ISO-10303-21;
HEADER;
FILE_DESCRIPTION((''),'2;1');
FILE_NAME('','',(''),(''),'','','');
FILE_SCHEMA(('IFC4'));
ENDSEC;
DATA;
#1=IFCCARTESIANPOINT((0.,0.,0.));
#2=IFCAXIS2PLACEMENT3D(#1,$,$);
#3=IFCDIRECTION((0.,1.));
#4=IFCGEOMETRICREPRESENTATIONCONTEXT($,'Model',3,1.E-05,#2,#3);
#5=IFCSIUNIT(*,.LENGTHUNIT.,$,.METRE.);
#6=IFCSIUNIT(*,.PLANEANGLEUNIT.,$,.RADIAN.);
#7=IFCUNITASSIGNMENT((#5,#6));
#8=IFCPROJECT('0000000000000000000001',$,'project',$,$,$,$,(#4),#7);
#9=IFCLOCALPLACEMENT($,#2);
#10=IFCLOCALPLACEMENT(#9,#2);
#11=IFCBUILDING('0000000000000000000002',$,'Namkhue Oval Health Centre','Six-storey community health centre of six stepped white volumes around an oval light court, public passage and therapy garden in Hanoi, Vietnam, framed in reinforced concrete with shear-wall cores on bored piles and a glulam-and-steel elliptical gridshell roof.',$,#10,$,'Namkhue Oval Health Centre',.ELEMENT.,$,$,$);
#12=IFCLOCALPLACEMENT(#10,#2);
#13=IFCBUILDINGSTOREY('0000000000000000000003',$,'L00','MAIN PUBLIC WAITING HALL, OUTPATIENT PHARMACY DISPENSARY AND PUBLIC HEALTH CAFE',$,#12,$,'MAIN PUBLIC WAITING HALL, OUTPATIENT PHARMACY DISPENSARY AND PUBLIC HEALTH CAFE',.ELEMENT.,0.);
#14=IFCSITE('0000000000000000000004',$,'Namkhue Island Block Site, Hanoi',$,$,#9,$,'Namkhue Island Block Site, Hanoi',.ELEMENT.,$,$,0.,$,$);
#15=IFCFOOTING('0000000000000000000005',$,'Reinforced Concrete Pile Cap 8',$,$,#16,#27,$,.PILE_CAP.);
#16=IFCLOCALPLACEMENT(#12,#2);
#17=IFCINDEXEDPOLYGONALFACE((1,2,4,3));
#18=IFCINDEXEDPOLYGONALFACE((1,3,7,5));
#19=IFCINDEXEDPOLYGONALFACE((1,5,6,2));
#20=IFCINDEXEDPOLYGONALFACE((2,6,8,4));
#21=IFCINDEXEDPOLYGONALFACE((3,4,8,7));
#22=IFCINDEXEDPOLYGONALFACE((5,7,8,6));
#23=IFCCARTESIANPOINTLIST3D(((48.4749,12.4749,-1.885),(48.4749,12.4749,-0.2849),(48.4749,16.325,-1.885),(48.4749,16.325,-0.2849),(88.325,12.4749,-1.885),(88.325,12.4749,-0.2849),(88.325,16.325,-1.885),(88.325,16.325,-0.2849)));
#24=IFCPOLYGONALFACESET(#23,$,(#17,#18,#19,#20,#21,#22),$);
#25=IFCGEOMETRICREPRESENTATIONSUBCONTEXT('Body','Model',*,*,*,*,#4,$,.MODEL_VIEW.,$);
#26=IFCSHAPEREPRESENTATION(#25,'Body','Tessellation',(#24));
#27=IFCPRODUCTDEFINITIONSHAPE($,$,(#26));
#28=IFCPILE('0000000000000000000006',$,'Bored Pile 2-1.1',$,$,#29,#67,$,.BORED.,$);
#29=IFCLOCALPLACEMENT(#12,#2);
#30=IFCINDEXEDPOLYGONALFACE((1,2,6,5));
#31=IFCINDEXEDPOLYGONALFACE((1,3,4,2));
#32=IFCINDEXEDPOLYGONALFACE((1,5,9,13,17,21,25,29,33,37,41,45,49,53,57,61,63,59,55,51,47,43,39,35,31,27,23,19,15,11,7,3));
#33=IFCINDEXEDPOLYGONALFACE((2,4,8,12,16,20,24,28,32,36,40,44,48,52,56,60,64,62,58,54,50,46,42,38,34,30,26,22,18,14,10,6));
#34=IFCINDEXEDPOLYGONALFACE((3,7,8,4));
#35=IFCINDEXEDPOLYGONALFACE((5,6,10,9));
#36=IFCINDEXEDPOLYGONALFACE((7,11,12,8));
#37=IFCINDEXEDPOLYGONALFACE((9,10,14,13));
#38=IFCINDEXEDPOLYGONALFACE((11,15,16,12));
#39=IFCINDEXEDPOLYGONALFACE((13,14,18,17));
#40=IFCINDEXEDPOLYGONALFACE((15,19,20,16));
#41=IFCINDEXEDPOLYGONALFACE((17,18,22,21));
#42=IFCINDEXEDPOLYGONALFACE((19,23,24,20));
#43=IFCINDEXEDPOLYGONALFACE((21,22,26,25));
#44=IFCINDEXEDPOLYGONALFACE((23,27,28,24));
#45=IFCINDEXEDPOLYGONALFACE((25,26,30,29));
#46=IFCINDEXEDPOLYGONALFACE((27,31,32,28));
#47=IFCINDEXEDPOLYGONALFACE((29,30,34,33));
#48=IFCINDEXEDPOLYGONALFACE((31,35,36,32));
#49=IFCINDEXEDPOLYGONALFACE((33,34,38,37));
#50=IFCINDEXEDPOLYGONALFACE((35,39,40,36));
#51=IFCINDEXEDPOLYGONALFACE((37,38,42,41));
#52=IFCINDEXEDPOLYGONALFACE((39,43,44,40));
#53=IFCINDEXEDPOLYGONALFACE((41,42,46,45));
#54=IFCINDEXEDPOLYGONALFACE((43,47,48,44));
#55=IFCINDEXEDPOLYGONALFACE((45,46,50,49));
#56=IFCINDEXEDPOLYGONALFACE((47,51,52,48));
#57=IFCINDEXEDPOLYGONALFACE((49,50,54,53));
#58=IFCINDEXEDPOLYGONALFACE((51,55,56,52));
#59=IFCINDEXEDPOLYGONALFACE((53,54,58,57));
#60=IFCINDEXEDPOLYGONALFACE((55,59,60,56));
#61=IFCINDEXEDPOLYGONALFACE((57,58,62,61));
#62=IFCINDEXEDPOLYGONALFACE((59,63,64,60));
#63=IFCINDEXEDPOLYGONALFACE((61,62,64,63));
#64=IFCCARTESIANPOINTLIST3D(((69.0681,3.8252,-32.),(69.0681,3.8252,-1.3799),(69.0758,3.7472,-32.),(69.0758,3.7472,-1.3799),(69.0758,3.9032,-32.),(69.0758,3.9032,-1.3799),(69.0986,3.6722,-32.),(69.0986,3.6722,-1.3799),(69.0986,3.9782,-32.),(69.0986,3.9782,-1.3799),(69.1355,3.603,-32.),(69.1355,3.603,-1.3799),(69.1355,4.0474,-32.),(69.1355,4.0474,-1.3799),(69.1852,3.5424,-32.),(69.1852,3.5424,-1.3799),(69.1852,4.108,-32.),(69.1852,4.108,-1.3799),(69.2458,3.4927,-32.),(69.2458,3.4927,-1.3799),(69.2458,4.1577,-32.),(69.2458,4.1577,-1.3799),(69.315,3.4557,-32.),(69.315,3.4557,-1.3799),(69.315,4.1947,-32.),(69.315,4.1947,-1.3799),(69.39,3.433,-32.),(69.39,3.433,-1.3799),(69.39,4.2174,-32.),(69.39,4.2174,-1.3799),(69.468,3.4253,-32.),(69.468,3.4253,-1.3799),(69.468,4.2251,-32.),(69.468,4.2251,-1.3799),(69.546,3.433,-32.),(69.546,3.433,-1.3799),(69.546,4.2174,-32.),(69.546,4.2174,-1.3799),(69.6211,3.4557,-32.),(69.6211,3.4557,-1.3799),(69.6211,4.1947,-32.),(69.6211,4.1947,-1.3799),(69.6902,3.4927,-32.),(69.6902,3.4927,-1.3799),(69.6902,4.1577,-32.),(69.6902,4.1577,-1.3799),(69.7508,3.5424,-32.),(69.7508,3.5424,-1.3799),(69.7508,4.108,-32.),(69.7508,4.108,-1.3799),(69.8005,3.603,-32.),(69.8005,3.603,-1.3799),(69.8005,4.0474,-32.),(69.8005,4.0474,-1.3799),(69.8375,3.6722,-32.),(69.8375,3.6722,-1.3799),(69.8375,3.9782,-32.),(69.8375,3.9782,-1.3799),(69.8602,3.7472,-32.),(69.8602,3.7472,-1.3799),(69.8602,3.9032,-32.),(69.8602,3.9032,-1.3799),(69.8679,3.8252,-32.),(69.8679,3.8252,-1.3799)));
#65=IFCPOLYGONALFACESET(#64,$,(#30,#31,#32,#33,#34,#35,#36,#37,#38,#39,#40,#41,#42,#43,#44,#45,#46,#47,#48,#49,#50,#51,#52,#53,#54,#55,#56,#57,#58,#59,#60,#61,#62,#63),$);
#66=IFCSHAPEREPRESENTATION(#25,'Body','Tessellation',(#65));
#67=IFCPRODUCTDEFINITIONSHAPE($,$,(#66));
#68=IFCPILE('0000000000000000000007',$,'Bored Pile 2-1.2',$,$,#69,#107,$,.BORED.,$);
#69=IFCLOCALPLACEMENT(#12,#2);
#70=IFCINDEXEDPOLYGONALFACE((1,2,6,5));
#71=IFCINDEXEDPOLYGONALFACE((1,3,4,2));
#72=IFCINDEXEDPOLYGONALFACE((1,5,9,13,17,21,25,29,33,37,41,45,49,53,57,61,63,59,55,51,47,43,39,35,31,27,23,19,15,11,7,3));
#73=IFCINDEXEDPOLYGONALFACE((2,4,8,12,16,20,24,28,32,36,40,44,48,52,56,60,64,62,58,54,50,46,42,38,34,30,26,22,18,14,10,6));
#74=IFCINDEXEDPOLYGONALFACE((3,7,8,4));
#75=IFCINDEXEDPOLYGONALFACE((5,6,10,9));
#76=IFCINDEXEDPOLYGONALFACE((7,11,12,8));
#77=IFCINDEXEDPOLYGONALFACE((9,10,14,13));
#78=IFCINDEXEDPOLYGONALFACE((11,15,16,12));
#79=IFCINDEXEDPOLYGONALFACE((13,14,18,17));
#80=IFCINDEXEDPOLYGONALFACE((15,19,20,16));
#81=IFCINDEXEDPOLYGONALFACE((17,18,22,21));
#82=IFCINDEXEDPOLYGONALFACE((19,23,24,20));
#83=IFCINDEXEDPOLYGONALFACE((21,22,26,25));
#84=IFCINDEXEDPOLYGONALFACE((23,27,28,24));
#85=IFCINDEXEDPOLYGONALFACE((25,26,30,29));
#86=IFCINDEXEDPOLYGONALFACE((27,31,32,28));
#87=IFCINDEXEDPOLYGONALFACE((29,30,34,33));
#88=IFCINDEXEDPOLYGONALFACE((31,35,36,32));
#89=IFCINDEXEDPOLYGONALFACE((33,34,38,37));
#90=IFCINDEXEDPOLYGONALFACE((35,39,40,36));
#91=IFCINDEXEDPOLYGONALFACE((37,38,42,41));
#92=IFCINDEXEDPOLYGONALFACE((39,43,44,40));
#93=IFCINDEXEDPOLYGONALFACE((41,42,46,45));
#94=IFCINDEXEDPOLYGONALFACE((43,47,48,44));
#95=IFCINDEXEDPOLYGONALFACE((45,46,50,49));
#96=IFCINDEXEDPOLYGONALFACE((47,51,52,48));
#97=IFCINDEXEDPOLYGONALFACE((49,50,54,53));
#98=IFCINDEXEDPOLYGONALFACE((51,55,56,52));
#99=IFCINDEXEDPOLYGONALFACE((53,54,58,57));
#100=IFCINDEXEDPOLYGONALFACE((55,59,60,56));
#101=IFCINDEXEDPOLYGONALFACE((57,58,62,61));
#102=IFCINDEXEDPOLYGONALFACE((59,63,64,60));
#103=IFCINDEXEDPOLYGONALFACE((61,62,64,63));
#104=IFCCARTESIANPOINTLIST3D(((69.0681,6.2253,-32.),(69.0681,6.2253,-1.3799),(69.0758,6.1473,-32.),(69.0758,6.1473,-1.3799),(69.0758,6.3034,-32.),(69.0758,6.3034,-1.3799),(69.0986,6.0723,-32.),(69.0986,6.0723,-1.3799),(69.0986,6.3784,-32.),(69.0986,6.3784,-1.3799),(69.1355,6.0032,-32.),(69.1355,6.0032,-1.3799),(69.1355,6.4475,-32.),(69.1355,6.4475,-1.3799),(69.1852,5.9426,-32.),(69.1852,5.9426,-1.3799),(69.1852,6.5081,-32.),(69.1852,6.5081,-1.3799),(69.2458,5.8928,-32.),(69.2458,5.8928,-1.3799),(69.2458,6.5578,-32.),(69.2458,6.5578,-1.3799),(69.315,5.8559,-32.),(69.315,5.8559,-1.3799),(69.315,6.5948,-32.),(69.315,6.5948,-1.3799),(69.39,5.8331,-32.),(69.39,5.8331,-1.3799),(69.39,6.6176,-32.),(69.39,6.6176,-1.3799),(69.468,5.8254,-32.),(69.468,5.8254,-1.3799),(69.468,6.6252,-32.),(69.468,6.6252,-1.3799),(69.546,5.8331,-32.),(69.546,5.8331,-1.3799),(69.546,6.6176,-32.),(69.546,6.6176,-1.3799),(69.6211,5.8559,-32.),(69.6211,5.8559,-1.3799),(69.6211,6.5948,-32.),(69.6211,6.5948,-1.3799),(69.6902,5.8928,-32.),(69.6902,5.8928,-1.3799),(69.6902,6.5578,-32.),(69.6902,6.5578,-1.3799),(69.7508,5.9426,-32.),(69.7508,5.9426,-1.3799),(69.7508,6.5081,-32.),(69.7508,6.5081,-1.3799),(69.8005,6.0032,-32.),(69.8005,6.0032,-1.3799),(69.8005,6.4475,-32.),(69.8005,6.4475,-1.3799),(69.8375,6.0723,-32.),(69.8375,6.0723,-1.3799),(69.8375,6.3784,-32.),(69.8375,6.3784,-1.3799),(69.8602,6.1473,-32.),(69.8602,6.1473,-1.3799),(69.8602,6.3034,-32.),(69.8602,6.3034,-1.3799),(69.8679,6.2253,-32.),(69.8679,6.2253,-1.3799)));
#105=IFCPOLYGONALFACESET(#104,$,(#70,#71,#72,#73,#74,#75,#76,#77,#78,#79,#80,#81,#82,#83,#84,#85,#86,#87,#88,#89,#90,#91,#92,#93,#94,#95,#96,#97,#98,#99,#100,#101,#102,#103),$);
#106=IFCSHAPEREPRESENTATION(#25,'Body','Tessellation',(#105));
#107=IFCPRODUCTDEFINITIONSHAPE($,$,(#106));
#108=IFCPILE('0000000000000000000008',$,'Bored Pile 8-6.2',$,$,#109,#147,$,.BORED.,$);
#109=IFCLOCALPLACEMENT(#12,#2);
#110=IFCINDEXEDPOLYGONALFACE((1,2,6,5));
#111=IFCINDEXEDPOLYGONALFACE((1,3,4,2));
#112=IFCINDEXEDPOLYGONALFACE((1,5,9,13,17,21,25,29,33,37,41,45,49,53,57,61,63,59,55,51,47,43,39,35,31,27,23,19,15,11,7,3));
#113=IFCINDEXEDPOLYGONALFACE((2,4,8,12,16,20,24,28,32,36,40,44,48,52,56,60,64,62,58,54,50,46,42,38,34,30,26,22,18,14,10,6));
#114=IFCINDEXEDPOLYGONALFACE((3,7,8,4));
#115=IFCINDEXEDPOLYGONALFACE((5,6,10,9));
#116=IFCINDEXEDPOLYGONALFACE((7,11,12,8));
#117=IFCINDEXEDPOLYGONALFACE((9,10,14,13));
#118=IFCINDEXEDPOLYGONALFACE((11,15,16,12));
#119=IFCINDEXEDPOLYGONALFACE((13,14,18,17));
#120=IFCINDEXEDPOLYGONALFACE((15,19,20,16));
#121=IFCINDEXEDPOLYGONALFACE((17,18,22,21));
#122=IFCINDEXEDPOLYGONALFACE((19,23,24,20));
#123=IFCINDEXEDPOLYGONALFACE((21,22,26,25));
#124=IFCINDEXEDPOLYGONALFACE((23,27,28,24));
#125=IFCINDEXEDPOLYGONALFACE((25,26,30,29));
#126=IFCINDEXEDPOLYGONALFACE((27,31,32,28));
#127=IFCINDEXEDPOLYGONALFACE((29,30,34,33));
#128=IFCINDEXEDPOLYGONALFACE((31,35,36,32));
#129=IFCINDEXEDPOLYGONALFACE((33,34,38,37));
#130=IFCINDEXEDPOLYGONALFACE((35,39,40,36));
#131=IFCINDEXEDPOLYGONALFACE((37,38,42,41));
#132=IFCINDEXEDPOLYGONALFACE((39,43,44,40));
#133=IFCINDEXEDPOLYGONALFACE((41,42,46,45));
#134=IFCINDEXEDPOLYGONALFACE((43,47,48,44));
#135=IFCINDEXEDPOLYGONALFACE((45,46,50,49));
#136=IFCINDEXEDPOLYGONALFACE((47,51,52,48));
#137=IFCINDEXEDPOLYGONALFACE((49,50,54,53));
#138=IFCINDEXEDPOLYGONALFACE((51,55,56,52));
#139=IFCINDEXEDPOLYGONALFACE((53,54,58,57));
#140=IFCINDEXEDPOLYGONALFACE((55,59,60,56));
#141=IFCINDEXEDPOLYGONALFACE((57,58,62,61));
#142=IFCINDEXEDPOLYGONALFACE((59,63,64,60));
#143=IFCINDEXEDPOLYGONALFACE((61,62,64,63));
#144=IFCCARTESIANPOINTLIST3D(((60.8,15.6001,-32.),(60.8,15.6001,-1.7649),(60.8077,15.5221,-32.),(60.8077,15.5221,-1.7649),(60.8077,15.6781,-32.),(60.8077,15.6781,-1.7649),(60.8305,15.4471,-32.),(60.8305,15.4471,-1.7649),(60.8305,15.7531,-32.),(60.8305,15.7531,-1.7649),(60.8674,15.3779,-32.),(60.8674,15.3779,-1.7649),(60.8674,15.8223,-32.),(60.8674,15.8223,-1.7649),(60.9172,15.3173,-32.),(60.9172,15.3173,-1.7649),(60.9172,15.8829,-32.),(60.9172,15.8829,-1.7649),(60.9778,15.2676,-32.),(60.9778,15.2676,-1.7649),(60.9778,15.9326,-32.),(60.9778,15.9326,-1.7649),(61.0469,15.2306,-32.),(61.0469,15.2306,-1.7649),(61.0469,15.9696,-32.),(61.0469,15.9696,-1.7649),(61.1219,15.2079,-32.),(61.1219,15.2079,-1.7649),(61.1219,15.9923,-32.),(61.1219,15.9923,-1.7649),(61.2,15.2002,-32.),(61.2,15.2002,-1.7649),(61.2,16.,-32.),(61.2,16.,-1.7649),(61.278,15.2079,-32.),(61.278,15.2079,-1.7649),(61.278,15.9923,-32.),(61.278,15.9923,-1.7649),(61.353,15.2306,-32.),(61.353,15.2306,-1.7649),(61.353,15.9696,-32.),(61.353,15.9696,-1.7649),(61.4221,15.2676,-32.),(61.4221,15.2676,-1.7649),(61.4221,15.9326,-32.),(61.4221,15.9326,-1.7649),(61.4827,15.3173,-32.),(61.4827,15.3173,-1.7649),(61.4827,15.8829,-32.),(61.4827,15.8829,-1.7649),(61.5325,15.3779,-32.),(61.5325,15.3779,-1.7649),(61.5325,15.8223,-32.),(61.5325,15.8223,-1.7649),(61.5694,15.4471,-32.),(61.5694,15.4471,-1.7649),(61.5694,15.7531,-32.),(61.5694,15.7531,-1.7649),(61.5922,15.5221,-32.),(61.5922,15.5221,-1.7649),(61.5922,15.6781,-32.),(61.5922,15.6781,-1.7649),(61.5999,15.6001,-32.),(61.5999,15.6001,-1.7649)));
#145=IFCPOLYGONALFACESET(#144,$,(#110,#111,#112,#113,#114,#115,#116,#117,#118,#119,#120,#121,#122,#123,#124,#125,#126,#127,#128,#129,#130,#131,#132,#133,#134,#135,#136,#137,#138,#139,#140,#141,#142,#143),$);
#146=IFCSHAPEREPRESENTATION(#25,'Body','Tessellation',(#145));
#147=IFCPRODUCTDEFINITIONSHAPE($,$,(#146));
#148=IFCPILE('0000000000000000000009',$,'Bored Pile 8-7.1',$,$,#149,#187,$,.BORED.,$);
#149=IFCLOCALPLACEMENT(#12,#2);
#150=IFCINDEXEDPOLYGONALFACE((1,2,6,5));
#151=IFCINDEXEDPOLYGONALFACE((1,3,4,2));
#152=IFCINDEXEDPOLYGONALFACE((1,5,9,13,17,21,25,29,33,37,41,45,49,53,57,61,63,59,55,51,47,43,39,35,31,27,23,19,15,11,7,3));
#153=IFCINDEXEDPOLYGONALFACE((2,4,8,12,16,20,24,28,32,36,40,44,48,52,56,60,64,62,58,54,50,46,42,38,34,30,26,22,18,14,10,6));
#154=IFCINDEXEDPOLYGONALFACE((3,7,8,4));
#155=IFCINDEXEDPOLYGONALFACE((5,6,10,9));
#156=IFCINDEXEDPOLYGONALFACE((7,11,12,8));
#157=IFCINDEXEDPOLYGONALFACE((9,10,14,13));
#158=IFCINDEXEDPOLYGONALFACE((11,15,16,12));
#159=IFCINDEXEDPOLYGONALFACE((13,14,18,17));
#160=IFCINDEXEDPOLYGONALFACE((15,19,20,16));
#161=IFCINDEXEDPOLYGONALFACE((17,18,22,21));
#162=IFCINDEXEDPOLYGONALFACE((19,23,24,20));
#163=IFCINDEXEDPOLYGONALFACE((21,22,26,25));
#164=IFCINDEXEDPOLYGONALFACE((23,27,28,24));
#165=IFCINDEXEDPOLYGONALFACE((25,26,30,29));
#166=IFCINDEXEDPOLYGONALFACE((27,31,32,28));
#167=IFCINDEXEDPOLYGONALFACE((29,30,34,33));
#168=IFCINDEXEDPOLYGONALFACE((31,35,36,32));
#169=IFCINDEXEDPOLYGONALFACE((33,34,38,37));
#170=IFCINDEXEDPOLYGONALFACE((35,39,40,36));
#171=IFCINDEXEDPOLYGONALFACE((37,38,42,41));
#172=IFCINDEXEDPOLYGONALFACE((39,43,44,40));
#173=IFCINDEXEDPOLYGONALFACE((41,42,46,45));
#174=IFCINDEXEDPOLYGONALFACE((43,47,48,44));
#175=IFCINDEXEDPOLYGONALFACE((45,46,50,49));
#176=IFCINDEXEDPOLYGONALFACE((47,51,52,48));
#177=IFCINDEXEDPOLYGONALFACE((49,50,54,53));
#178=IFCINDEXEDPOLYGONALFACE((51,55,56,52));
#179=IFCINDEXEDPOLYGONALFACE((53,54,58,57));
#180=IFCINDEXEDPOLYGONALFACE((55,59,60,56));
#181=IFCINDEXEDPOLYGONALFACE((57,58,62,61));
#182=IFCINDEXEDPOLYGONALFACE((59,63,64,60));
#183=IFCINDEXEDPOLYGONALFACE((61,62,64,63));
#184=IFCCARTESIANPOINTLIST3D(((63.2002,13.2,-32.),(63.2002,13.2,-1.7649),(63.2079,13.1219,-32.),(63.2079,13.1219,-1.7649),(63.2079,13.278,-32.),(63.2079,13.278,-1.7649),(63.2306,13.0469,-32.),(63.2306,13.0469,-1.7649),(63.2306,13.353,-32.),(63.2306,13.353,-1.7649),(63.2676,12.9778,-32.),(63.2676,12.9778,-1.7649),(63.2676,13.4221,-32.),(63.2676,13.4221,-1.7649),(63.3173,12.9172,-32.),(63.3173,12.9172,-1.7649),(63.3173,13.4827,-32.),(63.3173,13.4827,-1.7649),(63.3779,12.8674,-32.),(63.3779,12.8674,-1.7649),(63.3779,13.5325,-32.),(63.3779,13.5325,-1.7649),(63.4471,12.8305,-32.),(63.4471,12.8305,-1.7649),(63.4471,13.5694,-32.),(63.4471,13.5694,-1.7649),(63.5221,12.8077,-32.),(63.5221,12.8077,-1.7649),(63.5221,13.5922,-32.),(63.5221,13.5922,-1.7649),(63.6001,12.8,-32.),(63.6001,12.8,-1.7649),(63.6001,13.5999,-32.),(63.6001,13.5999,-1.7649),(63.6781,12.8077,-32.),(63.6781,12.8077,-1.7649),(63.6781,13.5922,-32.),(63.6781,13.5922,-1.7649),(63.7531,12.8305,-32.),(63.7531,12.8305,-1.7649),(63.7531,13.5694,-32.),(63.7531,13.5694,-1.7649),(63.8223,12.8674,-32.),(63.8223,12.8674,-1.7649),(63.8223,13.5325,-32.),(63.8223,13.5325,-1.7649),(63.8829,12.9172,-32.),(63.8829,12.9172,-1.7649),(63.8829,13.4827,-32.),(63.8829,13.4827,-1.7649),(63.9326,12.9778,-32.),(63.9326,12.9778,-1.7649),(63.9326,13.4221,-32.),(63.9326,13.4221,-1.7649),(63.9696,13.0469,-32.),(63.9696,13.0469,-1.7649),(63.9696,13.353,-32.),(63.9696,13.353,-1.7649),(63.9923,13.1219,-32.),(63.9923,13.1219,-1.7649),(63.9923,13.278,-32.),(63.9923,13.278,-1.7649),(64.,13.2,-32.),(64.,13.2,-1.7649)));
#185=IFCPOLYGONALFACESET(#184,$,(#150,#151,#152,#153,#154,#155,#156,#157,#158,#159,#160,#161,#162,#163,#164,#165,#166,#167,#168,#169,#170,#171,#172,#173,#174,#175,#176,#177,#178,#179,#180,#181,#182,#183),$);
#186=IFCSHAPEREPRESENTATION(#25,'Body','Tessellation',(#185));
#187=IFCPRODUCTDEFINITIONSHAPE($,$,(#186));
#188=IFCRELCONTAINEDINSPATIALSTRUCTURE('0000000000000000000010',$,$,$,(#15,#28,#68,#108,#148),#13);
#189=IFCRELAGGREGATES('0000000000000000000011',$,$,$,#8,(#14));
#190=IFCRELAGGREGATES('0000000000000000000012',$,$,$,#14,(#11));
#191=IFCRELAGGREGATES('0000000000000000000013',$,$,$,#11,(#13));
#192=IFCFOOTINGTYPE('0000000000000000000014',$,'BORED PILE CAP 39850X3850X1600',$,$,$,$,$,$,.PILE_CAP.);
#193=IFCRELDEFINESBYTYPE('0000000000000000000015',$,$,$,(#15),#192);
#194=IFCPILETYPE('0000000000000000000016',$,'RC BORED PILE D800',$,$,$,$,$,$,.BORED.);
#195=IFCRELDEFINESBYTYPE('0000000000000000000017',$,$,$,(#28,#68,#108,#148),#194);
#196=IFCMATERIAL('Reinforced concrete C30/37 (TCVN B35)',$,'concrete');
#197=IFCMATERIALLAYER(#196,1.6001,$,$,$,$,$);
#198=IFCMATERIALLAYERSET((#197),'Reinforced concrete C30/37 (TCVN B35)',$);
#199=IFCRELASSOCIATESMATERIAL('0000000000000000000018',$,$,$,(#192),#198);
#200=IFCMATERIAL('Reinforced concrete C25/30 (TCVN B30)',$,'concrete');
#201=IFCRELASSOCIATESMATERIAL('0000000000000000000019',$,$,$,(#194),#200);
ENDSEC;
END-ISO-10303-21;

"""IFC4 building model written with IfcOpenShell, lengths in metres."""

from ifc_helpers import new_model, si_unit, direction, frame, origin, origin_2d, place, context, subcontext, project, spatial, rectangle, circle, extrude, material, layer, layer_set, material_profile, profile_set, type_object, element, save


model = new_model("IFC4")

# Units and contexts
model_context = context("Model", 3, precision=1e-05, world=origin(), true_north=direction((0.0, 1.0)))
body_context = subcontext(model_context, "Body", "Model", "MODEL_VIEW")
ifc_project = project(units=[si_unit("LENGTHUNIT", "METRE"), si_unit("PLANEANGLEUNIT", "RADIAN")], contexts=[model_context])

# Site, building, storey
site_placement = place(None, origin())
site = spatial("IfcSite", under=ifc_project, at=site_placement, Name="Namkhue Island Block Site, Hanoi", LongName="Namkhue Island Block Site, Hanoi", CompositionType="ELEMENT", RefElevation=0.0)
building_placement = place(site_placement, origin())
building = spatial("IfcBuilding", under=site, at=building_placement, Name="Namkhue Oval Health Centre", Description="Six-storey community health centre of six stepped white volumes around an oval light court, public passage and therapy garden in Hanoi, Vietnam, framed in reinforced concrete with shear-wall cores on bored piles and a glulam-and-steel elliptical gridshell roof.", LongName="Namkhue Oval Health Centre", CompositionType="ELEMENT")
storey_placement = place(building_placement, origin())
storey = spatial("IfcBuildingStorey", under=building, at=storey_placement, Name="L00", Description="MAIN PUBLIC WAITING HALL, OUTPATIENT PHARMACY DISPENSARY AND PUBLIC HEALTH CAFE", LongName="MAIN PUBLIC WAITING HALL, OUTPATIENT PHARMACY DISPENSARY AND PUBLIC HEALTH CAFE", CompositionType="ELEMENT", Elevation=0.0)

# Footing
ifc_material_1 = material(Name="Reinforced concrete C30/37 (TCVN B35)", Category="concrete")
ifc_layer_1 = layer(ifc_material_1, 1.6001)
ifc_layer_set_1 = layer_set([ifc_layer_1], Name="Reinforced concrete C30/37 (TCVN B35)")
footing_type = type_object("IfcFootingType", Name="BORED PILE CAP 39850X3850X1600", PredefinedType="PILE_CAP", material=ifc_layer_set_1)
footing_placement = place(storey_placement, frame((68.3999, 14.3999, -1.885), z_axis=(0.0, 0.0, 1.0), x_axis=(1.0, 0.0, 0.0)))
element("IfcFooting", 1, at=footing_placement, inside=storey, type_object=footing_type, Name="Reinforced Concrete Pile Cap 8", PredefinedType="PILE_CAP", context=body_context, shape_type="SweptSolid", body=[
    extrude(rectangle(XDim=39.8501, YDim=3.8501, at=origin_2d()), origin(), (0.0, 0.0, 1.0), 1.6001),
])

# Piles
ifc_material_2 = material(Name="Reinforced concrete C25/30 (TCVN B30)", Category="concrete")
ifc_material_profile_1 = material_profile(ifc_material_2, circle(Radius=0.3999, at=origin_2d()), Name="BORED PILE D800")
ifc_profile_set_1 = profile_set([ifc_material_profile_1], Name="Reinforced concrete C25/30 (TCVN B30)")
pile_type = type_object("IfcPileType", Name="RC BORED PILE D800", PredefinedType="BORED", material=ifc_profile_set_1)
for number, where, z_axis, x_axis, name in (
    (2, (69.468, 3.8252, -1.3799), (0.0, 0.0, -1.0), (1.0, 0.0, 0.0), "Bored Pile 2-1.1"),
    (3, (69.468, 6.2253, -1.3799), (0.0, 0.0, -1.0), (1.0, 0.0, 0.0), "Bored Pile 2-1.2"),
):
    element("IfcPile", number, at=place(storey_placement, frame(where, z_axis=z_axis, x_axis=x_axis)), inside=storey, type_object=pile_type, Name=name, PredefinedType="BORED", context=body_context, shape_type="SweptSolid", body=[
        extrude(circle(Radius=0.3999, at=origin_2d()), origin(), (0.0, 0.0, 1.0), 30.6201),
    ])
for number, where, z_axis, x_axis, name in (
    (4, (61.2, 15.6001, -1.7649), (0.0, 0.0, -1.0), (1.0, 0.0, 0.0), "Bored Pile 8-6.2"),
    (5, (63.6001, 13.2, -1.7649), (0.0, 0.0, -1.0), (1.0, 0.0, 0.0), "Bored Pile 8-7.1"),
):
    element("IfcPile", number, at=place(storey_placement, frame(where, z_axis=z_axis, x_axis=x_axis)), inside=storey, type_object=pile_type, Name=name, PredefinedType="BORED", context=body_context, shape_type="SweptSolid", body=[
        extrude(circle(Radius=0.3999, at=origin_2d()), origin(), (0.0, 0.0, 1.0), 30.2351),
    ])

save(model, "model.ifc")
